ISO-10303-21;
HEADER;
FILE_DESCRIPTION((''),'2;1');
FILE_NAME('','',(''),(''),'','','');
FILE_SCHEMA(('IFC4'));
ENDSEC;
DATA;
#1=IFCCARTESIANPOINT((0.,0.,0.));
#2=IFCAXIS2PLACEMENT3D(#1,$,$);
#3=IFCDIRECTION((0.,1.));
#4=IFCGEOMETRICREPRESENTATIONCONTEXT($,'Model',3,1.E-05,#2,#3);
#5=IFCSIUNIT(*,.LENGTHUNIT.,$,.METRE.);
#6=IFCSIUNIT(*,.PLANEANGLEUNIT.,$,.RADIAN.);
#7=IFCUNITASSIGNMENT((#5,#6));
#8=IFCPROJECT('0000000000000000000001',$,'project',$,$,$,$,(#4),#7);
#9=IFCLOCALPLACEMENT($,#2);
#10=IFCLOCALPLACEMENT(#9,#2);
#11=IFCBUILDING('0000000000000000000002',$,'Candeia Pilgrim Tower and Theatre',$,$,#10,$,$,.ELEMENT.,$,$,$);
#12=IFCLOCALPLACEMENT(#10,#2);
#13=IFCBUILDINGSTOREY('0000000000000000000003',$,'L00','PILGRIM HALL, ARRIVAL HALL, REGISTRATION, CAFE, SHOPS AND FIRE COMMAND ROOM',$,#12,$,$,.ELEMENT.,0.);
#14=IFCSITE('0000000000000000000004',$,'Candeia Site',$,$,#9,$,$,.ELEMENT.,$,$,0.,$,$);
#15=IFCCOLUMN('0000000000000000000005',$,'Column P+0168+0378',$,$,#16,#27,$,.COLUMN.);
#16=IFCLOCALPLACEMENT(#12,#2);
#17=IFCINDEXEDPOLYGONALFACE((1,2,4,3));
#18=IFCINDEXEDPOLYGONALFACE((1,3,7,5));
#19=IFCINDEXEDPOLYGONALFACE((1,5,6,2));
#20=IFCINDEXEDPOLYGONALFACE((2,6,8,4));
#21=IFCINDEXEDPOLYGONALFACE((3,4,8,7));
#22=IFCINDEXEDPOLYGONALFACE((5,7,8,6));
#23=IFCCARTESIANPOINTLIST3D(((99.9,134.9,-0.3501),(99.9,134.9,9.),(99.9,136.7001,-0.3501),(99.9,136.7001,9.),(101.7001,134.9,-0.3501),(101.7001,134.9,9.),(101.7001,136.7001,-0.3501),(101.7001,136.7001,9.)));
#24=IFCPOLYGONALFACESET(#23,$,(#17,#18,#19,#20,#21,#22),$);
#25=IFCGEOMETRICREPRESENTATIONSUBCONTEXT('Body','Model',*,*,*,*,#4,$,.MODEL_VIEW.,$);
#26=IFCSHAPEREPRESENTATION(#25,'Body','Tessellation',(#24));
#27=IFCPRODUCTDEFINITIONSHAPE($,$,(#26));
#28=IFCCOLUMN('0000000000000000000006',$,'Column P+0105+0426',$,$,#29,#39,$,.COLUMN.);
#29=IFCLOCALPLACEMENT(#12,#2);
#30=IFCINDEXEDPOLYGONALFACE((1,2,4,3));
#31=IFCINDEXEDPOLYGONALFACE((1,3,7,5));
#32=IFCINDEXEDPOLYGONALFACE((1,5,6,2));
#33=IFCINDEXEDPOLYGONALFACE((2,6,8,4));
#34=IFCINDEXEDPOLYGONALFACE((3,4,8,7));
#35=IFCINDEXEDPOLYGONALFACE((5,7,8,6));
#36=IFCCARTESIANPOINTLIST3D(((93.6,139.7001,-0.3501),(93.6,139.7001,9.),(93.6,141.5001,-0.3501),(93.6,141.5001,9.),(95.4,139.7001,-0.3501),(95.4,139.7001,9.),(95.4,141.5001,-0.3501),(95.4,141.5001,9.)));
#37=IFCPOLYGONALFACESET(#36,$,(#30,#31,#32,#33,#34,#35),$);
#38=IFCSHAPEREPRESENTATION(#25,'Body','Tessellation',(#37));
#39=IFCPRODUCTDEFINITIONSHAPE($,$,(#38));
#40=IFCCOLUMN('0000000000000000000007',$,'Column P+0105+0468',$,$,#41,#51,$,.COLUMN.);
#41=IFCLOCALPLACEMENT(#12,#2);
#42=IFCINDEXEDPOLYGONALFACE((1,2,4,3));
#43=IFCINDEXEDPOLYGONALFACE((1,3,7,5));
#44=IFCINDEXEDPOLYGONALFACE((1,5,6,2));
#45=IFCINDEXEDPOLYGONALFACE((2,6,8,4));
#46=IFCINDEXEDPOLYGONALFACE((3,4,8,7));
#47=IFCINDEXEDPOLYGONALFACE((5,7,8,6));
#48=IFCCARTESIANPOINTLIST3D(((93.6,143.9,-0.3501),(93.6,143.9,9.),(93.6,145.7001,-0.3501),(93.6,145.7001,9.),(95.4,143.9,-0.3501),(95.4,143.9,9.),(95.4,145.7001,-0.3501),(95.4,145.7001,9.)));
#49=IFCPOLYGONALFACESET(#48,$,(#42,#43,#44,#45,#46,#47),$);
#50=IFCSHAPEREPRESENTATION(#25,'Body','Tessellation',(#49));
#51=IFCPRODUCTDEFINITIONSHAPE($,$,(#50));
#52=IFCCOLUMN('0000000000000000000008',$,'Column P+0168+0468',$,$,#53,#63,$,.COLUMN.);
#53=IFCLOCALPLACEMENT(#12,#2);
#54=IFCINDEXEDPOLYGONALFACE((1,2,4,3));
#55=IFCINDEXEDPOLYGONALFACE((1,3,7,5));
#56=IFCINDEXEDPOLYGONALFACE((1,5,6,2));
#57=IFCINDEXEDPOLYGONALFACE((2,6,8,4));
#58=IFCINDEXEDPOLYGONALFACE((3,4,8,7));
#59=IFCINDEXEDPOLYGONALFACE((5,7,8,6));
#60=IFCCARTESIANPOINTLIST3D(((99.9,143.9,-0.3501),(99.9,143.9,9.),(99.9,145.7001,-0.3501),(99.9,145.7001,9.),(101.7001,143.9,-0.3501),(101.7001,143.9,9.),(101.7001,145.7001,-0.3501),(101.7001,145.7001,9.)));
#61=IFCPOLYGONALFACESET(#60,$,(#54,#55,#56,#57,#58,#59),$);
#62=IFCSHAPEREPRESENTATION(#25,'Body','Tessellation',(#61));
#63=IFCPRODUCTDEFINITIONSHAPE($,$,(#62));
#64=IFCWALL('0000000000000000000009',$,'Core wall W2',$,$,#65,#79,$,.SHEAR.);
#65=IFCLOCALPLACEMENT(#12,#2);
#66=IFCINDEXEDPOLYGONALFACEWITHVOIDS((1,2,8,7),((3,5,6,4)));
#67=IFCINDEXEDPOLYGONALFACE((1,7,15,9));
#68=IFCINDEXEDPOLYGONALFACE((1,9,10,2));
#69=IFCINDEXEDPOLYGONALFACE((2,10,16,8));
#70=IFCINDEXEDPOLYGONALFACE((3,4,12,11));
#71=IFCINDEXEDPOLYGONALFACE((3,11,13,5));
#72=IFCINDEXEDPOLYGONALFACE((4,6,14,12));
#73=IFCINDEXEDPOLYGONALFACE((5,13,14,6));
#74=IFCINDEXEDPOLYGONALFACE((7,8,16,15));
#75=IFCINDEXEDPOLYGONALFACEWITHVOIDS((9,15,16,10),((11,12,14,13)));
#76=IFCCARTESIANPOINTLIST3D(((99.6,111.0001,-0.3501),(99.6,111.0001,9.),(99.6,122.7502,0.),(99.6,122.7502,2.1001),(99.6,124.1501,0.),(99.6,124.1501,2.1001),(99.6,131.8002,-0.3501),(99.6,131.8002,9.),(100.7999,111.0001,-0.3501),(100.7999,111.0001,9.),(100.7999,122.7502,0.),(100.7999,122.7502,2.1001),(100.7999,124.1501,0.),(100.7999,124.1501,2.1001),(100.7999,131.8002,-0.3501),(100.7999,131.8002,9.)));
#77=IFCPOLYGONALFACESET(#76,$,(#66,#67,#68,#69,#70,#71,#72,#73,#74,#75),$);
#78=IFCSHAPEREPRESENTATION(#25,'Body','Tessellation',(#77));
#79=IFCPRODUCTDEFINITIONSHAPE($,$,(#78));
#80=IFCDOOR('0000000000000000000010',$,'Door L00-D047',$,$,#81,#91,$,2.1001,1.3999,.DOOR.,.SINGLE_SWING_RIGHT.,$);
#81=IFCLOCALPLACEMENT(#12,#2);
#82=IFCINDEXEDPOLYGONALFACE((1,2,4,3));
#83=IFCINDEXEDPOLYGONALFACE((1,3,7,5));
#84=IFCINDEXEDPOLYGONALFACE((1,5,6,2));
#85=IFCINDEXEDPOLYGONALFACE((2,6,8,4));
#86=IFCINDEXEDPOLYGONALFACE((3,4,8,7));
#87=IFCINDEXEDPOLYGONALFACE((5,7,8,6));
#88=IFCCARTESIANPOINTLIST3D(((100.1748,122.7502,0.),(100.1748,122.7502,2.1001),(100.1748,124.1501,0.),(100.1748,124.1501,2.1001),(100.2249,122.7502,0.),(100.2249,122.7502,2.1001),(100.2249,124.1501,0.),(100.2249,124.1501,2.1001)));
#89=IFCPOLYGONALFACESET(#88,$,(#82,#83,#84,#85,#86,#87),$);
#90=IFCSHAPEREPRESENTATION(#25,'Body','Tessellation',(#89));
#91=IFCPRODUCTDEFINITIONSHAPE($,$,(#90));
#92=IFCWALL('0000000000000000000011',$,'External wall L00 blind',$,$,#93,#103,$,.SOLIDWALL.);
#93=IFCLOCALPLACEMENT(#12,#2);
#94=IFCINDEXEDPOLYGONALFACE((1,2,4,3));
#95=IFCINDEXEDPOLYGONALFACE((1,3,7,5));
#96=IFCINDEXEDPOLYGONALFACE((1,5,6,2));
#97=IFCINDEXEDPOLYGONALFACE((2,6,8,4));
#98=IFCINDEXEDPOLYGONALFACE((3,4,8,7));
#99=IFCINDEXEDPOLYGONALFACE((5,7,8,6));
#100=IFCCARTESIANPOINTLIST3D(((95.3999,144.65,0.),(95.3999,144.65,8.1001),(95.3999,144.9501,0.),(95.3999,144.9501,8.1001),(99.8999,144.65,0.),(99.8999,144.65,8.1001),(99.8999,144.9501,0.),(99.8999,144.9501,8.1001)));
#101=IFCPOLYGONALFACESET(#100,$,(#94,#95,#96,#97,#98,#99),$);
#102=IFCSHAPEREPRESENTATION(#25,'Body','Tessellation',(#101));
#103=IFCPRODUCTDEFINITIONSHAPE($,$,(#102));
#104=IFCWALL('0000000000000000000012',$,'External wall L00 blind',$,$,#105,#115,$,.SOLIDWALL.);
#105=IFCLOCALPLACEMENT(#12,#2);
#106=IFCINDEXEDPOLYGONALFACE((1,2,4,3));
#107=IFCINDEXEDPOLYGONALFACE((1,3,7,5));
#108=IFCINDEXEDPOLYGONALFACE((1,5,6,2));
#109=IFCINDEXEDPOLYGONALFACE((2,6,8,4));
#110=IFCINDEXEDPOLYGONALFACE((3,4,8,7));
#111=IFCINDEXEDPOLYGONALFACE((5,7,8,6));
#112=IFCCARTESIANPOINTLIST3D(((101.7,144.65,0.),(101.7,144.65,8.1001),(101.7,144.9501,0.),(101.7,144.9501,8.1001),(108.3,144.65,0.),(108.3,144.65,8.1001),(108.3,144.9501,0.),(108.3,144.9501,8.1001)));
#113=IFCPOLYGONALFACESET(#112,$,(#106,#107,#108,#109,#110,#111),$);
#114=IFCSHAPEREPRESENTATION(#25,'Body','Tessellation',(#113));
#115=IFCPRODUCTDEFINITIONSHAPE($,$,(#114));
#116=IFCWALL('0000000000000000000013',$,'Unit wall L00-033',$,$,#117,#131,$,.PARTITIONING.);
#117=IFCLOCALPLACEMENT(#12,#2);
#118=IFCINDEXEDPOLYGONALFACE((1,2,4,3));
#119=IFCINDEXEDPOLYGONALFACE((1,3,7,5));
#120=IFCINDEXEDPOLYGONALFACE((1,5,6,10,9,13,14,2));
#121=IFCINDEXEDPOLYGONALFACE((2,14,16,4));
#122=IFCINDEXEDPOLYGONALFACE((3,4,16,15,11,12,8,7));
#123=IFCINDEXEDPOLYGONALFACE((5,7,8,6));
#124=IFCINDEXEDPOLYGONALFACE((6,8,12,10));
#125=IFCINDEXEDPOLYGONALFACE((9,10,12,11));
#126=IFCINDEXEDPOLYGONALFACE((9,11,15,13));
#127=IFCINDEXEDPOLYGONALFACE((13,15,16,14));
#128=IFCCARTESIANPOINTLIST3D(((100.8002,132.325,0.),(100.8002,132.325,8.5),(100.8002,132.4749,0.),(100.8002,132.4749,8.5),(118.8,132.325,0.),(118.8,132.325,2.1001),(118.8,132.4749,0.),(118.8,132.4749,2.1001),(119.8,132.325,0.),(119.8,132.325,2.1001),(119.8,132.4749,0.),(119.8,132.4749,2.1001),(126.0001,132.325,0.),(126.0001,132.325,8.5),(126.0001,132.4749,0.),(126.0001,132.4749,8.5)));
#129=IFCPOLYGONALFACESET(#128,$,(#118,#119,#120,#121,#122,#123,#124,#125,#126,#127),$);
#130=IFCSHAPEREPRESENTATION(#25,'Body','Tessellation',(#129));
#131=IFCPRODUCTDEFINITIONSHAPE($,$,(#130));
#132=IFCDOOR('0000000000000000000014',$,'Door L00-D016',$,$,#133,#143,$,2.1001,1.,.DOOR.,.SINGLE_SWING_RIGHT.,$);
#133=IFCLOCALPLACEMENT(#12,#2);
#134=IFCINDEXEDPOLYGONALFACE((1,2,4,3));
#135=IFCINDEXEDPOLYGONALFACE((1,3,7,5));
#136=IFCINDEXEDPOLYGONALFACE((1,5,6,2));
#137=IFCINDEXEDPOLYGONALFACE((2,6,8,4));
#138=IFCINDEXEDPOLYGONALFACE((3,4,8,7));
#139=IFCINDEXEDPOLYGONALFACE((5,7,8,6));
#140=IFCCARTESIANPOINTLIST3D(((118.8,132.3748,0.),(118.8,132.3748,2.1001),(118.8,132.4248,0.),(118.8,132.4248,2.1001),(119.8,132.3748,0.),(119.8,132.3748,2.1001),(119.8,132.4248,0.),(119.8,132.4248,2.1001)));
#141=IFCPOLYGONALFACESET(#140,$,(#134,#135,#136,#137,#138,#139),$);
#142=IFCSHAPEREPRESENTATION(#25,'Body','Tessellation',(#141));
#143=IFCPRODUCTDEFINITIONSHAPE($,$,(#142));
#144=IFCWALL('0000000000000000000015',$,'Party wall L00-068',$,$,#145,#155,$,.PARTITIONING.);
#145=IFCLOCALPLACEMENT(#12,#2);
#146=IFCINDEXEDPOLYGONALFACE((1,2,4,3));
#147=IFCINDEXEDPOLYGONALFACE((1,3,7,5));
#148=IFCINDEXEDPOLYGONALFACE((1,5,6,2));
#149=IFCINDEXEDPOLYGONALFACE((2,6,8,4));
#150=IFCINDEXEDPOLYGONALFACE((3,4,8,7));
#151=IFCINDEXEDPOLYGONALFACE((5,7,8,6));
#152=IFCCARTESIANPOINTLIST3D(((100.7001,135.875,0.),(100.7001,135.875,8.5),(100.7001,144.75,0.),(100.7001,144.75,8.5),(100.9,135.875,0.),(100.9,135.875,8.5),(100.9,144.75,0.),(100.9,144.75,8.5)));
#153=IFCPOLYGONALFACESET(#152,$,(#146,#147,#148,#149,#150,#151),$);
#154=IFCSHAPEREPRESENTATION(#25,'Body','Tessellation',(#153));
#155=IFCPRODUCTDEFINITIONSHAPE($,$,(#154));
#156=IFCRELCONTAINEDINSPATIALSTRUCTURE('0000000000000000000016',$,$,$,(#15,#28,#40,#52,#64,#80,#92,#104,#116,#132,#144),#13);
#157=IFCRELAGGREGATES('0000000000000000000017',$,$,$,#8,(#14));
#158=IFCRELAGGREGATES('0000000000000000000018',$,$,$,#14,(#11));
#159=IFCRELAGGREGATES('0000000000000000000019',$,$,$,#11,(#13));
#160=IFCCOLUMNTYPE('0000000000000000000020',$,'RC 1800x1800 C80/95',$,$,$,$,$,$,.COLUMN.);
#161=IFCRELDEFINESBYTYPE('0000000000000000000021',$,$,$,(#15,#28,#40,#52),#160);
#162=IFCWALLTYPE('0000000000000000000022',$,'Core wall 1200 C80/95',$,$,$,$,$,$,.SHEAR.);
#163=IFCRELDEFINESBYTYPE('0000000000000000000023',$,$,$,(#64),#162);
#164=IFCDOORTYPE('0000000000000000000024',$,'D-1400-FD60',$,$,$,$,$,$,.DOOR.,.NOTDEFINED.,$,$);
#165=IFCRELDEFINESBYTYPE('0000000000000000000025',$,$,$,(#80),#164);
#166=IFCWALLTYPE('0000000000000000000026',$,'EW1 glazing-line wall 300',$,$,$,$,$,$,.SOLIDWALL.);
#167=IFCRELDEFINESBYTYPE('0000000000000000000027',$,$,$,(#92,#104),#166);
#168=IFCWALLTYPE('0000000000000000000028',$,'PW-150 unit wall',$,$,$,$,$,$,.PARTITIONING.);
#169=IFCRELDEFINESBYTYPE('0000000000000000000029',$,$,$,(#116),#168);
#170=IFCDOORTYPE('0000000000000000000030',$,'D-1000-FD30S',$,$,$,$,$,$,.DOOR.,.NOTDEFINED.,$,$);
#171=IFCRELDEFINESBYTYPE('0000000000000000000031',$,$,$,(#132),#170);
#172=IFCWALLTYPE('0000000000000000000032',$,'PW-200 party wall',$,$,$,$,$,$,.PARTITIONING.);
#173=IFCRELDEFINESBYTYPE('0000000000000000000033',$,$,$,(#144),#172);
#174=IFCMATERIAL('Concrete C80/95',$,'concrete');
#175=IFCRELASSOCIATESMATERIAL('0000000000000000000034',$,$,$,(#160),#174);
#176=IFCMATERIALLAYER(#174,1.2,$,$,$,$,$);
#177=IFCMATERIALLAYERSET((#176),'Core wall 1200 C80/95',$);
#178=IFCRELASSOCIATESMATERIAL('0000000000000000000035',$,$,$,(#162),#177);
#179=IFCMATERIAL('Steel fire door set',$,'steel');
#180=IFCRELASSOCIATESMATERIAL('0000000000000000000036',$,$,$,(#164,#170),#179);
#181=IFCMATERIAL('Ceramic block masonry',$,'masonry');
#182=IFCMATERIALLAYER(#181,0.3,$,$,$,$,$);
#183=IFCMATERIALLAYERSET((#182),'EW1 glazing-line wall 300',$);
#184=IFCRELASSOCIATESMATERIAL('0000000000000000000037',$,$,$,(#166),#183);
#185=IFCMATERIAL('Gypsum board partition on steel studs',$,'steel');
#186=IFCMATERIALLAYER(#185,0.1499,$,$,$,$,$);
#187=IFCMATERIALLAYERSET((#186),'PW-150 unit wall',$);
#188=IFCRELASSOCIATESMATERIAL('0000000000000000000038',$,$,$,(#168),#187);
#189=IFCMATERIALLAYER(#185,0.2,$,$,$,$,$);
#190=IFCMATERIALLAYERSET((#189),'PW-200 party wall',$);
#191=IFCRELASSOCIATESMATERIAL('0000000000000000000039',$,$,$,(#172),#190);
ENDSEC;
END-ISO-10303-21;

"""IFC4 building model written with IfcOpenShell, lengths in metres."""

from ifc_helpers import new_model, si_unit, direction, frame, frame_2d, origin, origin_2d, place, context, subcontext, project, spatial, rectangle, extrude, material, layer, layer_set, material_profile, profile_set, type_object, element, fill, save


model = new_model("IFC4")

# Units and contexts
model_context = context("Model", 3, precision=1e-05, world=origin(), true_north=direction((0.0, 1.0)))
body_context = subcontext(model_context, "Body", "Model", "MODEL_VIEW")
ifc_project = project(units=[si_unit("LENGTHUNIT", "METRE"), si_unit("PLANEANGLEUNIT", "RADIAN")], contexts=[model_context])

# Site, building, storey
site_placement = place(None, origin())
site = spatial("IfcSite", under=ifc_project, at=site_placement, Name="Candeia Site", CompositionType="ELEMENT", RefElevation=0.0)
building_placement = place(site_placement, origin())
building = spatial("IfcBuilding", under=site, at=building_placement, Name="Candeia Pilgrim Tower and Theatre", CompositionType="ELEMENT")
storey_placement = place(building_placement, origin())
storey = spatial("IfcBuildingStorey", under=building, at=storey_placement, Name="L00", Description="PILGRIM HALL, ARRIVAL HALL, REGISTRATION, CAFE, SHOPS AND FIRE COMMAND ROOM", CompositionType="ELEMENT", Elevation=0.0)

# Columns
ifc_material_1 = material(Name="Concrete C80/95", Category="concrete")
ifc_material_profile_1 = material_profile(ifc_material_1, rectangle(XDim=1.8, YDim=1.8, at=origin_2d()))
ifc_profile_set_1 = profile_set([ifc_material_profile_1], Name="Concrete C80/95")
column_type_1 = type_object("IfcColumnType", Name="RC 1800x1800 C80/95", PredefinedType="COLUMN", material=ifc_profile_set_1)
for number, where, z_axis, x_axis, name in (
    (1, (100.8, 135.8, -0.3501), (0.0, 0.0, 1.0), (1.0, 0.0, 0.0), "Column P+0168+0378"),
    (2, (94.5, 140.6001, -0.3501), (0.0, 0.0, 1.0), (1.0, 0.0, 0.0), "Column P+0105+0426"),
    (3, (94.5, 144.8, -0.3501), (0.0, 0.0, 1.0), (1.0, 0.0, 0.0), "Column P+0105+0468"),
    (4, (100.8, 144.8, -0.3501), (0.0, 0.0, 1.0), (1.0, 0.0, 0.0), "Column P+0168+0468"),
):
    element("IfcColumn", number, at=place(storey_placement, frame(where, z_axis=z_axis, x_axis=x_axis)), inside=storey, type_object=column_type_1, Name=name, PredefinedType="COLUMN", context=body_context, shape_type="SweptSolid", body=[
        extrude(rectangle(XDim=1.8, YDim=1.8, at=origin_2d()), origin(), (0.0, 0.0, 1.0), 9.3501),
    ])

# Wall, opening, door
ifc_layer_1 = layer(ifc_material_1, 1.2)
ifc_layer_set_1 = layer_set([ifc_layer_1], Name="Core wall 1200 C80/95")
wall_type_1 = type_object("IfcWallType", Name="Core wall 1200 C80/95", PredefinedType="SHEAR", material=ifc_layer_set_1)
wall_1_placement = place(storey_placement, frame((100.2, 131.8, -0.3501), z_axis=(0.0, 0.0, 1.0), x_axis=(0.0, -1.0, 0.0)))
wall_1 = element("IfcWall", 5, at=wall_1_placement, inside=storey, type_object=wall_type_1, Name="Core wall W2", PredefinedType="SHEAR", context=body_context, shape_type="SweptSolid", body=[
    extrude(rectangle(XDim=20.8, YDim=1.2, at=frame_2d((10.3999, 0.0))), origin(), (0.0, 0.0, 1.0), 9.3501),
])
opening_1_placement = place(wall_1_placement, frame((7.6499, 0.0, 0.3501)))
opening_1 = element("IfcOpeningElement", 6, at=opening_1_placement, cuts=wall_1, PredefinedType="OPENING", context=body_context, shape_type="SweptSolid", body=[
    extrude(rectangle(XDim=1.3999, YDim=2.1001, at=frame_2d((0.7, 1.05))), frame((0.0, 0.6099, 0.0), z_axis=(0.0, -1.0, 0.0), x_axis=(1.0, 0.0, 0.0)), (0.0, 0.0, 1.0), 1.22),
])
ifc_material_2 = material(Name="Steel fire door set", Category="steel")
door_type_1 = type_object("IfcDoorType", Name="D-1400-FD60", OperationType="NOTDEFINED", PredefinedType="DOOR", material=ifc_material_2)
door_1_placement = place(opening_1_placement, origin())
door_1 = element("IfcDoor", 7, at=door_1_placement, inside=storey, type_object=door_type_1, Name="Door L00-D047", OperationType="SINGLE_SWING_RIGHT", OverallHeight=2.1001, OverallWidth=1.3999, PredefinedType="DOOR", context=body_context, shape_type="SweptSolid", body=[
    extrude(rectangle(XDim=1.3999, YDim=2.1001, at=frame_2d((0.7, 1.05))), frame((0.0, 0.0249, 0.0), z_axis=(0.0, -1.0, 0.0), x_axis=(1.0, 0.0, 0.0)), (0.0, 0.0, 1.0), 0.05),
])
fill(opening_1, door_1)

# Walls
ifc_material_3 = material(Name="Ceramic block masonry", Category="masonry")
ifc_layer_2 = layer(ifc_material_3, 0.3)
ifc_layer_set_2 = layer_set([ifc_layer_2], Name="EW1 glazing-line wall 300")
wall_type_2 = type_object("IfcWallType", Name="EW1 glazing-line wall 300", PredefinedType="SOLIDWALL", material=ifc_layer_set_2)
wall_2_placement = place(storey_placement, frame((95.3999, 144.8, 0.0), z_axis=(0.0, 0.0, 1.0), x_axis=(1.0, 0.0, 0.0)))
element("IfcWall", 8, at=wall_2_placement, inside=storey, type_object=wall_type_2, Name="External wall L00 blind", PredefinedType="SOLIDWALL", context=body_context, shape_type="SweptSolid", body=[
    extrude(rectangle(XDim=4.5, YDim=0.3, at=frame_2d((2.25, 0.0))), origin(), (0.0, 0.0, 1.0), 8.1001),
])
wall_3_placement = place(storey_placement, frame((101.7, 144.8, 0.0), z_axis=(0.0, 0.0, 1.0), x_axis=(1.0, 0.0, 0.0)))
element("IfcWall", 9, at=wall_3_placement, inside=storey, type_object=wall_type_2, Name="External wall L00 blind", PredefinedType="SOLIDWALL", context=body_context, shape_type="SweptSolid", body=[
    extrude(rectangle(XDim=6.6001, YDim=0.3, at=frame_2d((3.3, 0.0))), origin(), (0.0, 0.0, 1.0), 8.1001),
])

# Wall, opening, door
ifc_material_4 = material(Name="Gypsum board partition on steel studs", Category="steel")
ifc_layer_3 = layer(ifc_material_4, 0.1499)
ifc_layer_set_3 = layer_set([ifc_layer_3], Name="PW-150 unit wall")
wall_type_3 = type_object("IfcWallType", Name="PW-150 unit wall", PredefinedType="PARTITIONING", material=ifc_layer_set_3)
wall_4_placement = place(storey_placement, frame((100.8, 132.3999, 0.0), z_axis=(0.0, 0.0, 1.0), x_axis=(1.0, 0.0, 0.0)))
wall_4 = element("IfcWall", 10, at=wall_4_placement, inside=storey, type_object=wall_type_3, Name="Unit wall L00-033", PredefinedType="PARTITIONING", context=body_context, shape_type="SweptSolid", body=[
    extrude(rectangle(XDim=25.2, YDim=0.1499, at=frame_2d((12.6001, 0.0))), origin(), (0.0, 0.0, 1.0), 8.5),
])
opening_2_placement = place(wall_4_placement, frame((18.0, 0.0, 0.0)))
opening_2 = element("IfcOpeningElement", 11, at=opening_2_placement, cuts=wall_4, PredefinedType="OPENING", context=body_context, shape_type="SweptSolid", body=[
    extrude(rectangle(XDim=1.0, YDim=2.1001, at=frame_2d((0.5, 1.05))), frame((0.0, 0.085, 0.0), z_axis=(0.0, -1.0, 0.0), x_axis=(1.0, 0.0, 0.0)), (0.0, 0.0, 1.0), 0.1699),
])
door_type_2 = type_object("IfcDoorType", Name="D-1000-FD30S", OperationType="NOTDEFINED", PredefinedType="DOOR", material=ifc_material_2)
door_2_placement = place(opening_2_placement, origin())
door_2 = element("IfcDoor", 12, at=door_2_placement, inside=storey, type_object=door_type_2, Name="Door L00-D016", OperationType="SINGLE_SWING_RIGHT", OverallHeight=2.1001, OverallWidth=1.0, PredefinedType="DOOR", context=body_context, shape_type="SweptSolid", body=[
    extrude(rectangle(XDim=1.0, YDim=2.1001, at=frame_2d((0.5, 1.05))), frame((0.0, 0.0249, 0.0), z_axis=(0.0, -1.0, 0.0), x_axis=(1.0, 0.0, 0.0)), (0.0, 0.0, 1.0), 0.05),
])
fill(opening_2, door_2)

# Wall
ifc_layer_4 = layer(ifc_material_4, 0.2)
ifc_layer_set_4 = layer_set([ifc_layer_4], Name="PW-200 party wall")
wall_type_4 = type_object("IfcWallType", Name="PW-200 party wall", PredefinedType="PARTITIONING", material=ifc_layer_set_4)
wall_5_placement = place(storey_placement, frame((100.8, 135.875, 0.0), z_axis=(0.0, 0.0, 1.0), x_axis=(0.0, 1.0, 0.0)))
element("IfcWall", 13, at=wall_5_placement, inside=storey, type_object=wall_type_4, Name="Party wall L00-068", PredefinedType="PARTITIONING", context=body_context, shape_type="SweptSolid", body=[
    extrude(rectangle(XDim=8.875, YDim=0.2, at=frame_2d((4.4375, 0.0))), origin(), (0.0, 0.0, 1.0), 8.5),
])

save(model, "model.ifc")
